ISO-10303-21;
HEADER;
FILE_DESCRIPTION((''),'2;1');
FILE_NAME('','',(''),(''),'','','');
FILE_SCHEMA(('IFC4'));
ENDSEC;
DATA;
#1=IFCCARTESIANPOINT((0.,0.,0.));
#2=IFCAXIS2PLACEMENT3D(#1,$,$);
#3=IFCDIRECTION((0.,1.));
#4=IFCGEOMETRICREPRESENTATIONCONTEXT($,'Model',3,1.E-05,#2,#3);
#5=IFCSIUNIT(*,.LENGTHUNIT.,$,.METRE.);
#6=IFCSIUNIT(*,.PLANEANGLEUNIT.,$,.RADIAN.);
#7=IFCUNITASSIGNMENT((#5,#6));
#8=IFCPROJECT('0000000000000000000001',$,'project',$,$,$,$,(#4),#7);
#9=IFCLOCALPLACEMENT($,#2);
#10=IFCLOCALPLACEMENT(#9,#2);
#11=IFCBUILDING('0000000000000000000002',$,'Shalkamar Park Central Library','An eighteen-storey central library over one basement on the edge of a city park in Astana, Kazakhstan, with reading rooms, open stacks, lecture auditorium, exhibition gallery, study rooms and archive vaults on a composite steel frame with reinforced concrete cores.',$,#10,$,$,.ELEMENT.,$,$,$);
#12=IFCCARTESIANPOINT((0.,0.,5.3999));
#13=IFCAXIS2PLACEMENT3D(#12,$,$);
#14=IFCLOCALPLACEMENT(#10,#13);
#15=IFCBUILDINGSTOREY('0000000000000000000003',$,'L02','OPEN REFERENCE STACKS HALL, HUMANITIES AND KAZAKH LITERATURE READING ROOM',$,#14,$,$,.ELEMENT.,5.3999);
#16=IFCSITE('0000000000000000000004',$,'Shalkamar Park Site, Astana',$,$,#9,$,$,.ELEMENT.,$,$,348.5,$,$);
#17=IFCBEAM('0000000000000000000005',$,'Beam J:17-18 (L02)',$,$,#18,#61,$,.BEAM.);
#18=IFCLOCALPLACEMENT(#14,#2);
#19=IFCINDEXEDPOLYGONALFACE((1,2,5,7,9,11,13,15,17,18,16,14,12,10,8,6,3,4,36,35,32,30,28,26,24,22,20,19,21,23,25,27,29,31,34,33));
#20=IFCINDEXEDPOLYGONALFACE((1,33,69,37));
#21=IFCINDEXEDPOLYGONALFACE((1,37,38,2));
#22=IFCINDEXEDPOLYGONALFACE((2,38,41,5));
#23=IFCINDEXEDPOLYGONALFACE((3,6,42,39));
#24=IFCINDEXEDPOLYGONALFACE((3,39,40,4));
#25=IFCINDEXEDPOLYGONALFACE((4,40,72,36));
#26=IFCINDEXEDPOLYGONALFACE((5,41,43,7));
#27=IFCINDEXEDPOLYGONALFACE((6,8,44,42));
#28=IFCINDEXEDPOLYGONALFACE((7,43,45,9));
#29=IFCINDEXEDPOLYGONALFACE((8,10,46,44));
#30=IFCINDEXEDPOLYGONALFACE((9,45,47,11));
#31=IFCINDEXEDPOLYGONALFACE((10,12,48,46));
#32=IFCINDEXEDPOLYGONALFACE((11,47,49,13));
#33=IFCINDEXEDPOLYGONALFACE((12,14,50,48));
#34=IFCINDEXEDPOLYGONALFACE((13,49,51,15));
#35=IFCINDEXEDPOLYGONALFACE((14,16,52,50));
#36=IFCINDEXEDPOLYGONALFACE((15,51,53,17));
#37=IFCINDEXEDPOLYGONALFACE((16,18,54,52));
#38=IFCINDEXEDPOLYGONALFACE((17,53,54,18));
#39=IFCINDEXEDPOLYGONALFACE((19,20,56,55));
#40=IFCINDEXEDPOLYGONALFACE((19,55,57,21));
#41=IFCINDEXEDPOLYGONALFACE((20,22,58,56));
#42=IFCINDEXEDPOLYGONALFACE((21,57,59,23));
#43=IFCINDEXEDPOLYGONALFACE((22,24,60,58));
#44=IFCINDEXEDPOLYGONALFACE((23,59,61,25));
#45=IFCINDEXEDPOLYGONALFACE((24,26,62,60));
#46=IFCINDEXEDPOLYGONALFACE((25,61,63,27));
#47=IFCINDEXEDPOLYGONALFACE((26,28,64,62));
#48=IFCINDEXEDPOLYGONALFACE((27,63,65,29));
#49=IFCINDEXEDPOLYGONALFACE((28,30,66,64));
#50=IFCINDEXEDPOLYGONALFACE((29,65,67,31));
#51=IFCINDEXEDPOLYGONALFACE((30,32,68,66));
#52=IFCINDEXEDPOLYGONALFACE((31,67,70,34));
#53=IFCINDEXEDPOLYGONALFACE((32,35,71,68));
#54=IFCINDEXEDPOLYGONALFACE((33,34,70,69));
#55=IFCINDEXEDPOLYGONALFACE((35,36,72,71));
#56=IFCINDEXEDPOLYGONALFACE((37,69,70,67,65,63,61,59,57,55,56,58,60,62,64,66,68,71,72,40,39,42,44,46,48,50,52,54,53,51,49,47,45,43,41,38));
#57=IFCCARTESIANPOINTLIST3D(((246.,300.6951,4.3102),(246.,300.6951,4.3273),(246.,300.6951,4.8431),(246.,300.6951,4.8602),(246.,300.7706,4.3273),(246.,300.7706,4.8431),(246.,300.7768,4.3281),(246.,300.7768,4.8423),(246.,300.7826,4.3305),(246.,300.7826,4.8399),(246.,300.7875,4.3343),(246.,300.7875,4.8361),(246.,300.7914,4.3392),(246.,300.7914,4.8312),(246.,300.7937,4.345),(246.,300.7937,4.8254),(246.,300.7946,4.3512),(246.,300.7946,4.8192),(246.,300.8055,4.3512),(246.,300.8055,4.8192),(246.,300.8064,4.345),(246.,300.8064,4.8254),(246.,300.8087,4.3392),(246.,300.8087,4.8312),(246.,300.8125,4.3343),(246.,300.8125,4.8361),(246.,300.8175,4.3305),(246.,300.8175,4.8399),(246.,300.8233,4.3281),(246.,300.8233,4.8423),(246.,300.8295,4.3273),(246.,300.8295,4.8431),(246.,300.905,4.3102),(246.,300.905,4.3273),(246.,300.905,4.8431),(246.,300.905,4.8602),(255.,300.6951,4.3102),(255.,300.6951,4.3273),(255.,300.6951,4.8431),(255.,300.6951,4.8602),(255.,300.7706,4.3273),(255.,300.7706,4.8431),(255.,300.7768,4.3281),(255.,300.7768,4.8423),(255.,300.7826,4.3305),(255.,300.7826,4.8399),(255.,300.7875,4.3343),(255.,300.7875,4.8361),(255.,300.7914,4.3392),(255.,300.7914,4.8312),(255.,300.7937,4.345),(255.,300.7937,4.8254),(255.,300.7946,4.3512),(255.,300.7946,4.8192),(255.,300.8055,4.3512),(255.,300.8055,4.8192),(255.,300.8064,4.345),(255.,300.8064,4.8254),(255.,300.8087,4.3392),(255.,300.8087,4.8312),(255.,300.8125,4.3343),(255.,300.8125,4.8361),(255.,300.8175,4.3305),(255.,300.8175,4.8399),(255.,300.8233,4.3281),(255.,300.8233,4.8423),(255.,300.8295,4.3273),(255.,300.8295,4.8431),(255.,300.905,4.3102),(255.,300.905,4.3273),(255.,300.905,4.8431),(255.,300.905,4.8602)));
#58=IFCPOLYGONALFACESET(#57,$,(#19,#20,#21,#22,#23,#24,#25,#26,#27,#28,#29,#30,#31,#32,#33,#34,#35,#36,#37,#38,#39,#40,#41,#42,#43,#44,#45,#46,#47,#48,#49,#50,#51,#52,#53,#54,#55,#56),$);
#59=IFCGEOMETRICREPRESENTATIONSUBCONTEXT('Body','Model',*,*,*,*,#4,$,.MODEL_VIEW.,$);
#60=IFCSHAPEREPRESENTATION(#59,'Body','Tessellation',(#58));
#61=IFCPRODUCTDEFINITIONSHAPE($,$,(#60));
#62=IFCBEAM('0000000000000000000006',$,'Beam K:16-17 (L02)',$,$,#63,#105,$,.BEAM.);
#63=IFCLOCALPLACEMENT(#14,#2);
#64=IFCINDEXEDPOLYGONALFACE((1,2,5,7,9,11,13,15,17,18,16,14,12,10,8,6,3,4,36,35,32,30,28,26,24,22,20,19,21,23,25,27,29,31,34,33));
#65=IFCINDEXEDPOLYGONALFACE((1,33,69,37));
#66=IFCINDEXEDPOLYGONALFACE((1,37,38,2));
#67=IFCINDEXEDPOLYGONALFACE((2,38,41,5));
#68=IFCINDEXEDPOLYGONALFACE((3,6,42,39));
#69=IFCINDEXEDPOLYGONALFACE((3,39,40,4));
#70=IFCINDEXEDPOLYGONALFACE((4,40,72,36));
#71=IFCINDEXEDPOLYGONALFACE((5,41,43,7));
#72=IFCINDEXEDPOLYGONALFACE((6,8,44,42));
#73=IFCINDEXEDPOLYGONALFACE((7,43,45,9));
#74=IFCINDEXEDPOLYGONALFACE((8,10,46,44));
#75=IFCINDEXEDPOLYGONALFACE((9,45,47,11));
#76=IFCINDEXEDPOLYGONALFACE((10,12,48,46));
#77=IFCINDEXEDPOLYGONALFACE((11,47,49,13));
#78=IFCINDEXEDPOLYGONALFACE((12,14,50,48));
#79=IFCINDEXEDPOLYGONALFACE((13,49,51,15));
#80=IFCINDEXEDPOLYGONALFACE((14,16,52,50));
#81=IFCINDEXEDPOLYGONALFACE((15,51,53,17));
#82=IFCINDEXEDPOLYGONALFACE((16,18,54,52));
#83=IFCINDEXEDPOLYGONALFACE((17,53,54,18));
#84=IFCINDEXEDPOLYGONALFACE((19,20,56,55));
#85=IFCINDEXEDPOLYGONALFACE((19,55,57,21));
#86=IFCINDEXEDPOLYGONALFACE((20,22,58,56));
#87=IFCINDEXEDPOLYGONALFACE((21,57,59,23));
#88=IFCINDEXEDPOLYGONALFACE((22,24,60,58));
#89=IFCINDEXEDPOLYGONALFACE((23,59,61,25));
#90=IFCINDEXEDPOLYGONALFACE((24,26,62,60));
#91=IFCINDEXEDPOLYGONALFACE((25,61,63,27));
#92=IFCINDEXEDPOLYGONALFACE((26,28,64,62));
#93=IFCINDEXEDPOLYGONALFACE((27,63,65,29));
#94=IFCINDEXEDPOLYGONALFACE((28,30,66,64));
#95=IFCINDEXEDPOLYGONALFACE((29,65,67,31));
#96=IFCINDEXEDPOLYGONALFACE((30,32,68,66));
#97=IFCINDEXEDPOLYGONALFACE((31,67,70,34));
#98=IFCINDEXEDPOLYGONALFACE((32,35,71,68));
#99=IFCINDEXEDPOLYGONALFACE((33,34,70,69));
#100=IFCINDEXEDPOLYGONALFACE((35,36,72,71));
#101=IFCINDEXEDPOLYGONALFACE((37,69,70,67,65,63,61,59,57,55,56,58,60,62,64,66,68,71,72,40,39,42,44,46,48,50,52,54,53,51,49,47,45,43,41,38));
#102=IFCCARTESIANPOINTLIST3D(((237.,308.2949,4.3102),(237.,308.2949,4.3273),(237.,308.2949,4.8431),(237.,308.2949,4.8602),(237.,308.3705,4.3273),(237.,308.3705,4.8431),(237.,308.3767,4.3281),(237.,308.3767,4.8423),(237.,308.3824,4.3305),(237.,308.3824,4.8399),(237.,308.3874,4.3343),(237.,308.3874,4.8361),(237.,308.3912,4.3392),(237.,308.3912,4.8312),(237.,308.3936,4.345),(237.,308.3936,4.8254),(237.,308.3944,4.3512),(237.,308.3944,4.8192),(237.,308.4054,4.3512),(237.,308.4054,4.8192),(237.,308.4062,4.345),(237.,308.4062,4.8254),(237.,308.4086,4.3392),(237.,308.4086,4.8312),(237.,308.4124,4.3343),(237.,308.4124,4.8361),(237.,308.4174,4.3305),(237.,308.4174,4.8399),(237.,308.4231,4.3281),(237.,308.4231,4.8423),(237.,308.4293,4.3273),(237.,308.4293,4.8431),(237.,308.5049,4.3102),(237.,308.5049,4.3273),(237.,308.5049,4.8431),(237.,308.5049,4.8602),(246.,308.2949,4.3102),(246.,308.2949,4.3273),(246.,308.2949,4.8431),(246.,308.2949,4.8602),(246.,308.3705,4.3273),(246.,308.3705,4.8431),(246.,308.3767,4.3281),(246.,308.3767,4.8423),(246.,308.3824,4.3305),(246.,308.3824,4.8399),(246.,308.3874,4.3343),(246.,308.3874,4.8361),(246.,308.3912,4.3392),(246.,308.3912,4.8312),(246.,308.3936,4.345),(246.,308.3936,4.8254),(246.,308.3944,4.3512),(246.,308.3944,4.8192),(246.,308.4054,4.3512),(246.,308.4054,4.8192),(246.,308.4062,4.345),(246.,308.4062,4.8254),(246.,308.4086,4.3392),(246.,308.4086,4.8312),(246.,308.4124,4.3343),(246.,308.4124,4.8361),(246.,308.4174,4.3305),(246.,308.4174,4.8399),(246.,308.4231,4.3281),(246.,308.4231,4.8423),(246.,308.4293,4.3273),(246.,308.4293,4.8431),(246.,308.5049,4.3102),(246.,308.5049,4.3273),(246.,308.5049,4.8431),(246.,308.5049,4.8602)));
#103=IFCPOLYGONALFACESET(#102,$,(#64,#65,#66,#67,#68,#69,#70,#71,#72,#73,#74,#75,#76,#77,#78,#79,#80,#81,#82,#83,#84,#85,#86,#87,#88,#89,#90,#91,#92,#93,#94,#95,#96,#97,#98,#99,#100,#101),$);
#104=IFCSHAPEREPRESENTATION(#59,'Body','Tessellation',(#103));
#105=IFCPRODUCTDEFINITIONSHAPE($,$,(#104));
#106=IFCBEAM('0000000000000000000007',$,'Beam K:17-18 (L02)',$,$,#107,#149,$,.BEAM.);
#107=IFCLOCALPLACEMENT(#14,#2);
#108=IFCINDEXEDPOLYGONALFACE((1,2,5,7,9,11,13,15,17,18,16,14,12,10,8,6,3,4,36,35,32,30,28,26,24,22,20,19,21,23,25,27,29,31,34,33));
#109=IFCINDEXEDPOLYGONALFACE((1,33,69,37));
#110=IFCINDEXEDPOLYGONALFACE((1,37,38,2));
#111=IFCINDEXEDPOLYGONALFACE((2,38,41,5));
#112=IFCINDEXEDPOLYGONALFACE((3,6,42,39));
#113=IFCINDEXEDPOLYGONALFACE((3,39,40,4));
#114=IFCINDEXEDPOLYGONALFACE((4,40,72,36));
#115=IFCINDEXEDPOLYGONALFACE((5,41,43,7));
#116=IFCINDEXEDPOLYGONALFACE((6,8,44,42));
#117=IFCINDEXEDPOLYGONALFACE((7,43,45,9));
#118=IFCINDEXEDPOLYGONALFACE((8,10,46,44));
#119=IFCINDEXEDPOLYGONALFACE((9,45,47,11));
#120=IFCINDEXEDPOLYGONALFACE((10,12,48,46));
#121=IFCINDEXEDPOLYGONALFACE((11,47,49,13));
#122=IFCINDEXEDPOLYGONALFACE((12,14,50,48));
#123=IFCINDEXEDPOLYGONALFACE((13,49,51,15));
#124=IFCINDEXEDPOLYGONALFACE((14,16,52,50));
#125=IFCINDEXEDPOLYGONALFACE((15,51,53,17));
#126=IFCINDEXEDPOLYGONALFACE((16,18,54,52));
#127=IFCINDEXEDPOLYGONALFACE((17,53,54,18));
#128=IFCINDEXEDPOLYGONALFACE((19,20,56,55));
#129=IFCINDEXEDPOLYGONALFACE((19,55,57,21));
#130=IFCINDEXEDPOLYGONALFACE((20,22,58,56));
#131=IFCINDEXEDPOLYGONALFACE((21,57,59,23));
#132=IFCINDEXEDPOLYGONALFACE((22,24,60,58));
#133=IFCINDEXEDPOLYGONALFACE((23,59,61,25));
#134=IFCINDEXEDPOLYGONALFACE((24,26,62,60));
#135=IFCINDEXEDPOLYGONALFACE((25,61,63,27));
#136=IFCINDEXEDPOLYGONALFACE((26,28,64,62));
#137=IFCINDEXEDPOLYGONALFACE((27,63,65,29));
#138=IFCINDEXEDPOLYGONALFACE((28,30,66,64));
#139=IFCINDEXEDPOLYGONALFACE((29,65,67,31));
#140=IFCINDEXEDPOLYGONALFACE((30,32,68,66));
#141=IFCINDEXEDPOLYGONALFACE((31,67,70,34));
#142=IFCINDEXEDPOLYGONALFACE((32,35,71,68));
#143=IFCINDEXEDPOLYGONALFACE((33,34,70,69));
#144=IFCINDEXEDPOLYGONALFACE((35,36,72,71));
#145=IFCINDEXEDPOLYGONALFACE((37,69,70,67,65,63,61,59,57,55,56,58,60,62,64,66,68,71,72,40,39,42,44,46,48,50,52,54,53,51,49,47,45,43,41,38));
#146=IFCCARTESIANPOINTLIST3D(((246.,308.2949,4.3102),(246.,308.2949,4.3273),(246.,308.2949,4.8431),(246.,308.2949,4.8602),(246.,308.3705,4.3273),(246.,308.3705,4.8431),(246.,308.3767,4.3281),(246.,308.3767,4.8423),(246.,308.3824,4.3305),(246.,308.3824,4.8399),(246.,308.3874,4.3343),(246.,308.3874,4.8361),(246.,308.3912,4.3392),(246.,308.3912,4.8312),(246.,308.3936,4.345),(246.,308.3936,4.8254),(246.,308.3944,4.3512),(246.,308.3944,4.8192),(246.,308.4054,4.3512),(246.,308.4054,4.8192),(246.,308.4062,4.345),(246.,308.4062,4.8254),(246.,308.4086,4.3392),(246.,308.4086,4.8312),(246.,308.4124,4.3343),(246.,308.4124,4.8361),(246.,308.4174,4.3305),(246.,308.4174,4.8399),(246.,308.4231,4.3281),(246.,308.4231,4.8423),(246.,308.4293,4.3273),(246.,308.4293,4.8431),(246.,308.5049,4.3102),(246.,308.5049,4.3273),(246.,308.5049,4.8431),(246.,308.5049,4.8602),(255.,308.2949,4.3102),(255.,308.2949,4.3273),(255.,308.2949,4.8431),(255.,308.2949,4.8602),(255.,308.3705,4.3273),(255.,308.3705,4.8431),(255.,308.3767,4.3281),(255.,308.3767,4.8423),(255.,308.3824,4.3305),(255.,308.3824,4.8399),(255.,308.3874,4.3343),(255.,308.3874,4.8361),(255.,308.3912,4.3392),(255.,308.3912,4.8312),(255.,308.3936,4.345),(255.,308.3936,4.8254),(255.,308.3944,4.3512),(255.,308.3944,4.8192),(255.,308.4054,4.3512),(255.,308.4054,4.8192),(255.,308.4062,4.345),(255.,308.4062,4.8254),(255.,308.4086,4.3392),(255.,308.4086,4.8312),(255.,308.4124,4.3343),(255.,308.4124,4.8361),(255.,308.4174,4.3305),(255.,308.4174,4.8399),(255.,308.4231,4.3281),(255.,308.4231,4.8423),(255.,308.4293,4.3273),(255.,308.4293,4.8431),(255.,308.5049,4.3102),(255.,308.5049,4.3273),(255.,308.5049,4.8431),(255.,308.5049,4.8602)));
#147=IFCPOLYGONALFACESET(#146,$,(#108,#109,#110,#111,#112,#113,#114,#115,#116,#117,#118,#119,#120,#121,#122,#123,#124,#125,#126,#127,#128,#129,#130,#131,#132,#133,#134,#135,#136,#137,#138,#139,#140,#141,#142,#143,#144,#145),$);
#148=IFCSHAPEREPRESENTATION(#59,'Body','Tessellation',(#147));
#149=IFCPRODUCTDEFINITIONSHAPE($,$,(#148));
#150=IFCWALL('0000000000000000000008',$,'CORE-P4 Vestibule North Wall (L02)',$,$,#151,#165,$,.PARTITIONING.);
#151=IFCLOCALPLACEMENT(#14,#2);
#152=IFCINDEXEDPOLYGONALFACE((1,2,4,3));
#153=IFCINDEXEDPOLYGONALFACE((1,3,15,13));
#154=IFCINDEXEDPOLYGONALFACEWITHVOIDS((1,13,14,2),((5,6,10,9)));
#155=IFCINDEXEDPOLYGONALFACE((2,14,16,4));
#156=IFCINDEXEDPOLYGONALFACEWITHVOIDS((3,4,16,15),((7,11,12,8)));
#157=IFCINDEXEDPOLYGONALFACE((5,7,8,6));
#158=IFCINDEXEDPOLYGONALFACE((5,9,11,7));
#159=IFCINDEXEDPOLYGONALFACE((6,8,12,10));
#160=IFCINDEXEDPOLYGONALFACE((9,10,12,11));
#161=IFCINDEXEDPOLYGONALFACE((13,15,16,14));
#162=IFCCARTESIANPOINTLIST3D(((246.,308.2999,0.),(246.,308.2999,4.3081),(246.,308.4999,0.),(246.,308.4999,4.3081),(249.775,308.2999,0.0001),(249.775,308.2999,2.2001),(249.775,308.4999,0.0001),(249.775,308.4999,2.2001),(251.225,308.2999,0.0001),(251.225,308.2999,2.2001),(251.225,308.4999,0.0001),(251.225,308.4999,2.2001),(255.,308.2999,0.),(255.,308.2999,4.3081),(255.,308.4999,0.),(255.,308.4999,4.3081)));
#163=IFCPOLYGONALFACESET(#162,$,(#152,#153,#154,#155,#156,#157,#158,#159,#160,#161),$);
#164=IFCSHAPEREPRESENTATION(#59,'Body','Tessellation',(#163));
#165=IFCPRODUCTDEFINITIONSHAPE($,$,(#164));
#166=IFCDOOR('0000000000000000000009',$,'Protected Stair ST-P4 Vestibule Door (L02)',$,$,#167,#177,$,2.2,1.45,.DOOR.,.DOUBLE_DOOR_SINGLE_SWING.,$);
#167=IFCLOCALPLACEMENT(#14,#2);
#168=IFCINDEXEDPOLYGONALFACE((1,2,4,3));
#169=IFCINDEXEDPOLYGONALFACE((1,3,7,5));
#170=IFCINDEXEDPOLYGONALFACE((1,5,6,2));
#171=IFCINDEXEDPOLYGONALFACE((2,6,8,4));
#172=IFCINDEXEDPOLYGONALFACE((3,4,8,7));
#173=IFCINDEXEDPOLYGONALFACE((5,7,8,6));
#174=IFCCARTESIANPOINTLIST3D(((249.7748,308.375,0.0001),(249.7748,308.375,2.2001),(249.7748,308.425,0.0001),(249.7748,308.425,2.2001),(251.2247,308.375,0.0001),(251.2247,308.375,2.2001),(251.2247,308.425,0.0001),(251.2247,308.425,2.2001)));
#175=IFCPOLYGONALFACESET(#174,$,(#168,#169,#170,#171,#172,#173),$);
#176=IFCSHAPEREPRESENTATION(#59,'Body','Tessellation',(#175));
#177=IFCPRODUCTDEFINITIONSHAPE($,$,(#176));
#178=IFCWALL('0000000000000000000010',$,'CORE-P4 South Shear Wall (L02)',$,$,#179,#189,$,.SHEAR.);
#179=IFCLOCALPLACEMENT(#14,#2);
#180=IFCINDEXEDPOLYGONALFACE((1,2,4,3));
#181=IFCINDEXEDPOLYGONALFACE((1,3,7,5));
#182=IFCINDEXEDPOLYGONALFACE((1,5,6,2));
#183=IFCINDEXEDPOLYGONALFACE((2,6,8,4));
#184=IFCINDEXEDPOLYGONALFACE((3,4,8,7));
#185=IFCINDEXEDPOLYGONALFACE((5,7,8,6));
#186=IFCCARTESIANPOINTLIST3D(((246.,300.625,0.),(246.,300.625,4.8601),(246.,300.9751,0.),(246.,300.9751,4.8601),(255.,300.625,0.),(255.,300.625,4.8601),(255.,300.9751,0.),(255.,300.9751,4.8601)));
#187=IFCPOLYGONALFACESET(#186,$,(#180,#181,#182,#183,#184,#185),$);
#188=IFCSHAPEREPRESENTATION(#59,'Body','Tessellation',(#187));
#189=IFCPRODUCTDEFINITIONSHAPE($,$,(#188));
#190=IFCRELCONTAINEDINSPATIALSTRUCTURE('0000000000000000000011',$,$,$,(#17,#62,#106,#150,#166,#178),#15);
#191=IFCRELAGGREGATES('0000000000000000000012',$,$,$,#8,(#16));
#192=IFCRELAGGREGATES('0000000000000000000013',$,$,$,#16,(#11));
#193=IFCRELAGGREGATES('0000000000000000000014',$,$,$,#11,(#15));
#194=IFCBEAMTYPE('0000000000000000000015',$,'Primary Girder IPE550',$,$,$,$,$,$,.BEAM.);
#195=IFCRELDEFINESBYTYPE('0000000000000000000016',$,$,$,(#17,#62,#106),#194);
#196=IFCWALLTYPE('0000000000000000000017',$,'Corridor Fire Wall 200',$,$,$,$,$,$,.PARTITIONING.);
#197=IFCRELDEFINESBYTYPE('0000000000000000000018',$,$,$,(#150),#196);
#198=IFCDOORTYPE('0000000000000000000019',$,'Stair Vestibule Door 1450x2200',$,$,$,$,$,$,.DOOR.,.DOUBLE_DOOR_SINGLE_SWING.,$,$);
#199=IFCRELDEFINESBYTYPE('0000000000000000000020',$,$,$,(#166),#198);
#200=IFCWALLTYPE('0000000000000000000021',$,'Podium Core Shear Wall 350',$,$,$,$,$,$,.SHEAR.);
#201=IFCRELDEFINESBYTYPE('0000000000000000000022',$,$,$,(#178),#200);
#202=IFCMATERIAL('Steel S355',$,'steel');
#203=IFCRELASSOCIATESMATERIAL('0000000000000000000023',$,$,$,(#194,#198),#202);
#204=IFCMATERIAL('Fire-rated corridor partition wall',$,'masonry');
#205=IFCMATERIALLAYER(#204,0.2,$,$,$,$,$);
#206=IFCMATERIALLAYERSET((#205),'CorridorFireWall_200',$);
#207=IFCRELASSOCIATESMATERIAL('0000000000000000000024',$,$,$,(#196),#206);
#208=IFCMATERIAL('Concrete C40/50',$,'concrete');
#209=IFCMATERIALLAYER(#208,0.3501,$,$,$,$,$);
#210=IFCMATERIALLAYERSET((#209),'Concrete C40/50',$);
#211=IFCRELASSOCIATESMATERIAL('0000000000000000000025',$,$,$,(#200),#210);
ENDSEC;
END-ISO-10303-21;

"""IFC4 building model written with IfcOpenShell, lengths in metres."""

from ifc_helpers import new_model, si_unit, direction, frame, frame_2d, origin, origin_2d, place, context, subcontext, project, spatial, rectangle, i_section, extrude, material, layer, layer_set, material_profile, profile_set, type_object, element, fill, save


model = new_model("IFC4")

# Units and contexts
model_context = context("Model", 3, precision=1e-05, world=origin(), true_north=direction((0.0, 1.0)))
body_context = subcontext(model_context, "Body", "Model", "MODEL_VIEW")
ifc_project = project(units=[si_unit("LENGTHUNIT", "METRE"), si_unit("PLANEANGLEUNIT", "RADIAN")], contexts=[model_context])

# Site, building, storey
site_placement = place(None, origin())
site = spatial("IfcSite", under=ifc_project, at=site_placement, Name="Shalkamar Park Site, Astana", CompositionType="ELEMENT", RefElevation=348.5)
building_placement = place(site_placement, origin())
building = spatial("IfcBuilding", under=site, at=building_placement, Name="Shalkamar Park Central Library", Description="An eighteen-storey central library over one basement on the edge of a city park in Astana, Kazakhstan, with reading rooms, open stacks, lecture auditorium, exhibition gallery, study rooms and archive vaults on a composite steel frame with reinforced concrete cores.", CompositionType="ELEMENT")
storey_placement = place(building_placement, frame((0.0, 0.0, 5.3999)))
storey = spatial("IfcBuildingStorey", under=building, at=storey_placement, Name="L02", Description="OPEN REFERENCE STACKS HALL, HUMANITIES AND KAZAKH LITERATURE READING ROOM", CompositionType="ELEMENT", Elevation=5.3999)

# Shared definitions
ifc_material_1 = material(Name="Steel S355", Category="steel")

# Beams
ifc_material_profile_1 = material_profile(ifc_material_1, i_section(OverallWidth=0.21, OverallDepth=0.55, WebThickness=0.011, FlangeThickness=0.0171, FilletRadius=0.0239, at=origin_2d()), Name="IPE 550")
ifc_profile_set_1 = profile_set([ifc_material_profile_1], Name="Steel S355")
beam_type_1 = type_object("IfcBeamType", Name="Primary Girder IPE550", PredefinedType="BEAM", material=ifc_profile_set_1)
for number, where, z_axis, x_axis, name in (
    (1, (246.0, 300.8, 4.5852), (1.0, 0.0, 0.0), (0.0, 1.0, 0.0), "Beam J:17-18 (L02)"),
    (2, (237.0, 308.3999, 4.5852), (1.0, 0.0, 0.0), (0.0, 1.0, 0.0), "Beam K:16-17 (L02)"),
    (3, (246.0, 308.3999, 4.5852), (1.0, 0.0, 0.0), (0.0, 1.0, 0.0), "Beam K:17-18 (L02)"),
):
    element("IfcBeam", number, at=place(storey_placement, frame(where, z_axis=z_axis, x_axis=x_axis)), inside=storey, type_object=beam_type_1, Name=name, PredefinedType="BEAM", context=body_context, shape_type="SweptSolid", body=[
        extrude(i_section(OverallWidth=0.21, OverallDepth=0.55, WebThickness=0.011, FlangeThickness=0.0171, FilletRadius=0.0239, at=origin_2d()), origin(), (0.0, 0.0, 1.0), 9.0),
    ])

# Wall, opening, door
ifc_material_2 = material(Name="Fire-rated corridor partition wall", Category="masonry")
ifc_layer_1 = layer(ifc_material_2, 0.2)
ifc_layer_set_1 = layer_set([ifc_layer_1], Name="CorridorFireWall_200")
wall_type_1 = type_object("IfcWallType", Name="Corridor Fire Wall 200", PredefinedType="PARTITIONING", material=ifc_layer_set_1)
wall_1_placement = place(storey_placement, frame((246.0, 308.3999, 0.0), z_axis=(0.0, 0.0, 1.0), x_axis=(1.0, 0.0, 0.0)))
wall_1 = element("IfcWall", 4, at=wall_1_placement, inside=storey, type_object=wall_type_1, Name="CORE-P4 Vestibule North Wall (L02)", PredefinedType="PARTITIONING", context=body_context, shape_type="SweptSolid", body=[
    extrude(rectangle(XDim=9.0, YDim=0.2, at=frame_2d((4.5, 0.0))), origin(), (0.0, 0.0, 1.0), 4.3081),
])
opening_1_placement = place(wall_1_placement, frame((3.7749, 0.0, 0.0)))
opening_1 = element("IfcOpeningElement", 5, at=opening_1_placement, cuts=wall_1, PredefinedType="OPENING", context=body_context, shape_type="SweptSolid", body=[
    extrude(rectangle(XDim=1.45, YDim=2.2, at=frame_2d((0.7251, 1.1001))), frame((0.0, 0.1147, 0.0), z_axis=(0.0, -1.0, 0.0), x_axis=(1.0, 0.0, 0.0)), (0.0, 0.0, 1.0), 0.2297),
])
door_type_1 = type_object("IfcDoorType", Name="Stair Vestibule Door 1450x2200", OperationType="DOUBLE_DOOR_SINGLE_SWING", PredefinedType="DOOR", material=ifc_material_1)
door_1_placement = place(opening_1_placement, frame((1.45, 0.0, 0.0), z_axis=(0.0, 0.0, 1.0), x_axis=(-1.0, 0.0, 0.0)))
door_1 = element("IfcDoor", 6, at=door_1_placement, inside=storey, type_object=door_type_1, Name="Protected Stair ST-P4 Vestibule Door (L02)", OperationType="DOUBLE_DOOR_SINGLE_SWING", OverallHeight=2.2, OverallWidth=1.45, PredefinedType="DOOR", context=body_context, shape_type="SweptSolid", body=[
    extrude(rectangle(XDim=1.45, YDim=2.2, at=frame_2d((0.7251, 1.1001))), frame((0.0, 0.0249, 0.0), z_axis=(0.0, -1.0, 0.0), x_axis=(1.0, 0.0, 0.0)), (0.0, 0.0, 1.0), 0.05),
])
fill(opening_1, door_1)

# Wall
ifc_material_3 = material(Name="Concrete C40/50", Category="concrete")
ifc_layer_2 = layer(ifc_material_3, 0.3501)
ifc_layer_set_2 = layer_set([ifc_layer_2], Name="Concrete C40/50")
wall_type_2 = type_object("IfcWallType", Name="Podium Core Shear Wall 350", PredefinedType="SHEAR", material=ifc_layer_set_2)
wall_2_placement = place(storey_placement, frame((246.0, 300.8, 0.0), z_axis=(0.0, 0.0, 1.0), x_axis=(1.0, 0.0, 0.0)))
element("IfcWall", 7, at=wall_2_placement, inside=storey, type_object=wall_type_2, Name="CORE-P4 South Shear Wall (L02)", PredefinedType="SHEAR", context=body_context, shape_type="SweptSolid", body=[
    extrude(rectangle(XDim=9.0, YDim=0.3501, at=frame_2d((4.5, 0.0))), origin(), (0.0, 0.0, 1.0), 4.8601),
])

save(model, "model.ifc")
